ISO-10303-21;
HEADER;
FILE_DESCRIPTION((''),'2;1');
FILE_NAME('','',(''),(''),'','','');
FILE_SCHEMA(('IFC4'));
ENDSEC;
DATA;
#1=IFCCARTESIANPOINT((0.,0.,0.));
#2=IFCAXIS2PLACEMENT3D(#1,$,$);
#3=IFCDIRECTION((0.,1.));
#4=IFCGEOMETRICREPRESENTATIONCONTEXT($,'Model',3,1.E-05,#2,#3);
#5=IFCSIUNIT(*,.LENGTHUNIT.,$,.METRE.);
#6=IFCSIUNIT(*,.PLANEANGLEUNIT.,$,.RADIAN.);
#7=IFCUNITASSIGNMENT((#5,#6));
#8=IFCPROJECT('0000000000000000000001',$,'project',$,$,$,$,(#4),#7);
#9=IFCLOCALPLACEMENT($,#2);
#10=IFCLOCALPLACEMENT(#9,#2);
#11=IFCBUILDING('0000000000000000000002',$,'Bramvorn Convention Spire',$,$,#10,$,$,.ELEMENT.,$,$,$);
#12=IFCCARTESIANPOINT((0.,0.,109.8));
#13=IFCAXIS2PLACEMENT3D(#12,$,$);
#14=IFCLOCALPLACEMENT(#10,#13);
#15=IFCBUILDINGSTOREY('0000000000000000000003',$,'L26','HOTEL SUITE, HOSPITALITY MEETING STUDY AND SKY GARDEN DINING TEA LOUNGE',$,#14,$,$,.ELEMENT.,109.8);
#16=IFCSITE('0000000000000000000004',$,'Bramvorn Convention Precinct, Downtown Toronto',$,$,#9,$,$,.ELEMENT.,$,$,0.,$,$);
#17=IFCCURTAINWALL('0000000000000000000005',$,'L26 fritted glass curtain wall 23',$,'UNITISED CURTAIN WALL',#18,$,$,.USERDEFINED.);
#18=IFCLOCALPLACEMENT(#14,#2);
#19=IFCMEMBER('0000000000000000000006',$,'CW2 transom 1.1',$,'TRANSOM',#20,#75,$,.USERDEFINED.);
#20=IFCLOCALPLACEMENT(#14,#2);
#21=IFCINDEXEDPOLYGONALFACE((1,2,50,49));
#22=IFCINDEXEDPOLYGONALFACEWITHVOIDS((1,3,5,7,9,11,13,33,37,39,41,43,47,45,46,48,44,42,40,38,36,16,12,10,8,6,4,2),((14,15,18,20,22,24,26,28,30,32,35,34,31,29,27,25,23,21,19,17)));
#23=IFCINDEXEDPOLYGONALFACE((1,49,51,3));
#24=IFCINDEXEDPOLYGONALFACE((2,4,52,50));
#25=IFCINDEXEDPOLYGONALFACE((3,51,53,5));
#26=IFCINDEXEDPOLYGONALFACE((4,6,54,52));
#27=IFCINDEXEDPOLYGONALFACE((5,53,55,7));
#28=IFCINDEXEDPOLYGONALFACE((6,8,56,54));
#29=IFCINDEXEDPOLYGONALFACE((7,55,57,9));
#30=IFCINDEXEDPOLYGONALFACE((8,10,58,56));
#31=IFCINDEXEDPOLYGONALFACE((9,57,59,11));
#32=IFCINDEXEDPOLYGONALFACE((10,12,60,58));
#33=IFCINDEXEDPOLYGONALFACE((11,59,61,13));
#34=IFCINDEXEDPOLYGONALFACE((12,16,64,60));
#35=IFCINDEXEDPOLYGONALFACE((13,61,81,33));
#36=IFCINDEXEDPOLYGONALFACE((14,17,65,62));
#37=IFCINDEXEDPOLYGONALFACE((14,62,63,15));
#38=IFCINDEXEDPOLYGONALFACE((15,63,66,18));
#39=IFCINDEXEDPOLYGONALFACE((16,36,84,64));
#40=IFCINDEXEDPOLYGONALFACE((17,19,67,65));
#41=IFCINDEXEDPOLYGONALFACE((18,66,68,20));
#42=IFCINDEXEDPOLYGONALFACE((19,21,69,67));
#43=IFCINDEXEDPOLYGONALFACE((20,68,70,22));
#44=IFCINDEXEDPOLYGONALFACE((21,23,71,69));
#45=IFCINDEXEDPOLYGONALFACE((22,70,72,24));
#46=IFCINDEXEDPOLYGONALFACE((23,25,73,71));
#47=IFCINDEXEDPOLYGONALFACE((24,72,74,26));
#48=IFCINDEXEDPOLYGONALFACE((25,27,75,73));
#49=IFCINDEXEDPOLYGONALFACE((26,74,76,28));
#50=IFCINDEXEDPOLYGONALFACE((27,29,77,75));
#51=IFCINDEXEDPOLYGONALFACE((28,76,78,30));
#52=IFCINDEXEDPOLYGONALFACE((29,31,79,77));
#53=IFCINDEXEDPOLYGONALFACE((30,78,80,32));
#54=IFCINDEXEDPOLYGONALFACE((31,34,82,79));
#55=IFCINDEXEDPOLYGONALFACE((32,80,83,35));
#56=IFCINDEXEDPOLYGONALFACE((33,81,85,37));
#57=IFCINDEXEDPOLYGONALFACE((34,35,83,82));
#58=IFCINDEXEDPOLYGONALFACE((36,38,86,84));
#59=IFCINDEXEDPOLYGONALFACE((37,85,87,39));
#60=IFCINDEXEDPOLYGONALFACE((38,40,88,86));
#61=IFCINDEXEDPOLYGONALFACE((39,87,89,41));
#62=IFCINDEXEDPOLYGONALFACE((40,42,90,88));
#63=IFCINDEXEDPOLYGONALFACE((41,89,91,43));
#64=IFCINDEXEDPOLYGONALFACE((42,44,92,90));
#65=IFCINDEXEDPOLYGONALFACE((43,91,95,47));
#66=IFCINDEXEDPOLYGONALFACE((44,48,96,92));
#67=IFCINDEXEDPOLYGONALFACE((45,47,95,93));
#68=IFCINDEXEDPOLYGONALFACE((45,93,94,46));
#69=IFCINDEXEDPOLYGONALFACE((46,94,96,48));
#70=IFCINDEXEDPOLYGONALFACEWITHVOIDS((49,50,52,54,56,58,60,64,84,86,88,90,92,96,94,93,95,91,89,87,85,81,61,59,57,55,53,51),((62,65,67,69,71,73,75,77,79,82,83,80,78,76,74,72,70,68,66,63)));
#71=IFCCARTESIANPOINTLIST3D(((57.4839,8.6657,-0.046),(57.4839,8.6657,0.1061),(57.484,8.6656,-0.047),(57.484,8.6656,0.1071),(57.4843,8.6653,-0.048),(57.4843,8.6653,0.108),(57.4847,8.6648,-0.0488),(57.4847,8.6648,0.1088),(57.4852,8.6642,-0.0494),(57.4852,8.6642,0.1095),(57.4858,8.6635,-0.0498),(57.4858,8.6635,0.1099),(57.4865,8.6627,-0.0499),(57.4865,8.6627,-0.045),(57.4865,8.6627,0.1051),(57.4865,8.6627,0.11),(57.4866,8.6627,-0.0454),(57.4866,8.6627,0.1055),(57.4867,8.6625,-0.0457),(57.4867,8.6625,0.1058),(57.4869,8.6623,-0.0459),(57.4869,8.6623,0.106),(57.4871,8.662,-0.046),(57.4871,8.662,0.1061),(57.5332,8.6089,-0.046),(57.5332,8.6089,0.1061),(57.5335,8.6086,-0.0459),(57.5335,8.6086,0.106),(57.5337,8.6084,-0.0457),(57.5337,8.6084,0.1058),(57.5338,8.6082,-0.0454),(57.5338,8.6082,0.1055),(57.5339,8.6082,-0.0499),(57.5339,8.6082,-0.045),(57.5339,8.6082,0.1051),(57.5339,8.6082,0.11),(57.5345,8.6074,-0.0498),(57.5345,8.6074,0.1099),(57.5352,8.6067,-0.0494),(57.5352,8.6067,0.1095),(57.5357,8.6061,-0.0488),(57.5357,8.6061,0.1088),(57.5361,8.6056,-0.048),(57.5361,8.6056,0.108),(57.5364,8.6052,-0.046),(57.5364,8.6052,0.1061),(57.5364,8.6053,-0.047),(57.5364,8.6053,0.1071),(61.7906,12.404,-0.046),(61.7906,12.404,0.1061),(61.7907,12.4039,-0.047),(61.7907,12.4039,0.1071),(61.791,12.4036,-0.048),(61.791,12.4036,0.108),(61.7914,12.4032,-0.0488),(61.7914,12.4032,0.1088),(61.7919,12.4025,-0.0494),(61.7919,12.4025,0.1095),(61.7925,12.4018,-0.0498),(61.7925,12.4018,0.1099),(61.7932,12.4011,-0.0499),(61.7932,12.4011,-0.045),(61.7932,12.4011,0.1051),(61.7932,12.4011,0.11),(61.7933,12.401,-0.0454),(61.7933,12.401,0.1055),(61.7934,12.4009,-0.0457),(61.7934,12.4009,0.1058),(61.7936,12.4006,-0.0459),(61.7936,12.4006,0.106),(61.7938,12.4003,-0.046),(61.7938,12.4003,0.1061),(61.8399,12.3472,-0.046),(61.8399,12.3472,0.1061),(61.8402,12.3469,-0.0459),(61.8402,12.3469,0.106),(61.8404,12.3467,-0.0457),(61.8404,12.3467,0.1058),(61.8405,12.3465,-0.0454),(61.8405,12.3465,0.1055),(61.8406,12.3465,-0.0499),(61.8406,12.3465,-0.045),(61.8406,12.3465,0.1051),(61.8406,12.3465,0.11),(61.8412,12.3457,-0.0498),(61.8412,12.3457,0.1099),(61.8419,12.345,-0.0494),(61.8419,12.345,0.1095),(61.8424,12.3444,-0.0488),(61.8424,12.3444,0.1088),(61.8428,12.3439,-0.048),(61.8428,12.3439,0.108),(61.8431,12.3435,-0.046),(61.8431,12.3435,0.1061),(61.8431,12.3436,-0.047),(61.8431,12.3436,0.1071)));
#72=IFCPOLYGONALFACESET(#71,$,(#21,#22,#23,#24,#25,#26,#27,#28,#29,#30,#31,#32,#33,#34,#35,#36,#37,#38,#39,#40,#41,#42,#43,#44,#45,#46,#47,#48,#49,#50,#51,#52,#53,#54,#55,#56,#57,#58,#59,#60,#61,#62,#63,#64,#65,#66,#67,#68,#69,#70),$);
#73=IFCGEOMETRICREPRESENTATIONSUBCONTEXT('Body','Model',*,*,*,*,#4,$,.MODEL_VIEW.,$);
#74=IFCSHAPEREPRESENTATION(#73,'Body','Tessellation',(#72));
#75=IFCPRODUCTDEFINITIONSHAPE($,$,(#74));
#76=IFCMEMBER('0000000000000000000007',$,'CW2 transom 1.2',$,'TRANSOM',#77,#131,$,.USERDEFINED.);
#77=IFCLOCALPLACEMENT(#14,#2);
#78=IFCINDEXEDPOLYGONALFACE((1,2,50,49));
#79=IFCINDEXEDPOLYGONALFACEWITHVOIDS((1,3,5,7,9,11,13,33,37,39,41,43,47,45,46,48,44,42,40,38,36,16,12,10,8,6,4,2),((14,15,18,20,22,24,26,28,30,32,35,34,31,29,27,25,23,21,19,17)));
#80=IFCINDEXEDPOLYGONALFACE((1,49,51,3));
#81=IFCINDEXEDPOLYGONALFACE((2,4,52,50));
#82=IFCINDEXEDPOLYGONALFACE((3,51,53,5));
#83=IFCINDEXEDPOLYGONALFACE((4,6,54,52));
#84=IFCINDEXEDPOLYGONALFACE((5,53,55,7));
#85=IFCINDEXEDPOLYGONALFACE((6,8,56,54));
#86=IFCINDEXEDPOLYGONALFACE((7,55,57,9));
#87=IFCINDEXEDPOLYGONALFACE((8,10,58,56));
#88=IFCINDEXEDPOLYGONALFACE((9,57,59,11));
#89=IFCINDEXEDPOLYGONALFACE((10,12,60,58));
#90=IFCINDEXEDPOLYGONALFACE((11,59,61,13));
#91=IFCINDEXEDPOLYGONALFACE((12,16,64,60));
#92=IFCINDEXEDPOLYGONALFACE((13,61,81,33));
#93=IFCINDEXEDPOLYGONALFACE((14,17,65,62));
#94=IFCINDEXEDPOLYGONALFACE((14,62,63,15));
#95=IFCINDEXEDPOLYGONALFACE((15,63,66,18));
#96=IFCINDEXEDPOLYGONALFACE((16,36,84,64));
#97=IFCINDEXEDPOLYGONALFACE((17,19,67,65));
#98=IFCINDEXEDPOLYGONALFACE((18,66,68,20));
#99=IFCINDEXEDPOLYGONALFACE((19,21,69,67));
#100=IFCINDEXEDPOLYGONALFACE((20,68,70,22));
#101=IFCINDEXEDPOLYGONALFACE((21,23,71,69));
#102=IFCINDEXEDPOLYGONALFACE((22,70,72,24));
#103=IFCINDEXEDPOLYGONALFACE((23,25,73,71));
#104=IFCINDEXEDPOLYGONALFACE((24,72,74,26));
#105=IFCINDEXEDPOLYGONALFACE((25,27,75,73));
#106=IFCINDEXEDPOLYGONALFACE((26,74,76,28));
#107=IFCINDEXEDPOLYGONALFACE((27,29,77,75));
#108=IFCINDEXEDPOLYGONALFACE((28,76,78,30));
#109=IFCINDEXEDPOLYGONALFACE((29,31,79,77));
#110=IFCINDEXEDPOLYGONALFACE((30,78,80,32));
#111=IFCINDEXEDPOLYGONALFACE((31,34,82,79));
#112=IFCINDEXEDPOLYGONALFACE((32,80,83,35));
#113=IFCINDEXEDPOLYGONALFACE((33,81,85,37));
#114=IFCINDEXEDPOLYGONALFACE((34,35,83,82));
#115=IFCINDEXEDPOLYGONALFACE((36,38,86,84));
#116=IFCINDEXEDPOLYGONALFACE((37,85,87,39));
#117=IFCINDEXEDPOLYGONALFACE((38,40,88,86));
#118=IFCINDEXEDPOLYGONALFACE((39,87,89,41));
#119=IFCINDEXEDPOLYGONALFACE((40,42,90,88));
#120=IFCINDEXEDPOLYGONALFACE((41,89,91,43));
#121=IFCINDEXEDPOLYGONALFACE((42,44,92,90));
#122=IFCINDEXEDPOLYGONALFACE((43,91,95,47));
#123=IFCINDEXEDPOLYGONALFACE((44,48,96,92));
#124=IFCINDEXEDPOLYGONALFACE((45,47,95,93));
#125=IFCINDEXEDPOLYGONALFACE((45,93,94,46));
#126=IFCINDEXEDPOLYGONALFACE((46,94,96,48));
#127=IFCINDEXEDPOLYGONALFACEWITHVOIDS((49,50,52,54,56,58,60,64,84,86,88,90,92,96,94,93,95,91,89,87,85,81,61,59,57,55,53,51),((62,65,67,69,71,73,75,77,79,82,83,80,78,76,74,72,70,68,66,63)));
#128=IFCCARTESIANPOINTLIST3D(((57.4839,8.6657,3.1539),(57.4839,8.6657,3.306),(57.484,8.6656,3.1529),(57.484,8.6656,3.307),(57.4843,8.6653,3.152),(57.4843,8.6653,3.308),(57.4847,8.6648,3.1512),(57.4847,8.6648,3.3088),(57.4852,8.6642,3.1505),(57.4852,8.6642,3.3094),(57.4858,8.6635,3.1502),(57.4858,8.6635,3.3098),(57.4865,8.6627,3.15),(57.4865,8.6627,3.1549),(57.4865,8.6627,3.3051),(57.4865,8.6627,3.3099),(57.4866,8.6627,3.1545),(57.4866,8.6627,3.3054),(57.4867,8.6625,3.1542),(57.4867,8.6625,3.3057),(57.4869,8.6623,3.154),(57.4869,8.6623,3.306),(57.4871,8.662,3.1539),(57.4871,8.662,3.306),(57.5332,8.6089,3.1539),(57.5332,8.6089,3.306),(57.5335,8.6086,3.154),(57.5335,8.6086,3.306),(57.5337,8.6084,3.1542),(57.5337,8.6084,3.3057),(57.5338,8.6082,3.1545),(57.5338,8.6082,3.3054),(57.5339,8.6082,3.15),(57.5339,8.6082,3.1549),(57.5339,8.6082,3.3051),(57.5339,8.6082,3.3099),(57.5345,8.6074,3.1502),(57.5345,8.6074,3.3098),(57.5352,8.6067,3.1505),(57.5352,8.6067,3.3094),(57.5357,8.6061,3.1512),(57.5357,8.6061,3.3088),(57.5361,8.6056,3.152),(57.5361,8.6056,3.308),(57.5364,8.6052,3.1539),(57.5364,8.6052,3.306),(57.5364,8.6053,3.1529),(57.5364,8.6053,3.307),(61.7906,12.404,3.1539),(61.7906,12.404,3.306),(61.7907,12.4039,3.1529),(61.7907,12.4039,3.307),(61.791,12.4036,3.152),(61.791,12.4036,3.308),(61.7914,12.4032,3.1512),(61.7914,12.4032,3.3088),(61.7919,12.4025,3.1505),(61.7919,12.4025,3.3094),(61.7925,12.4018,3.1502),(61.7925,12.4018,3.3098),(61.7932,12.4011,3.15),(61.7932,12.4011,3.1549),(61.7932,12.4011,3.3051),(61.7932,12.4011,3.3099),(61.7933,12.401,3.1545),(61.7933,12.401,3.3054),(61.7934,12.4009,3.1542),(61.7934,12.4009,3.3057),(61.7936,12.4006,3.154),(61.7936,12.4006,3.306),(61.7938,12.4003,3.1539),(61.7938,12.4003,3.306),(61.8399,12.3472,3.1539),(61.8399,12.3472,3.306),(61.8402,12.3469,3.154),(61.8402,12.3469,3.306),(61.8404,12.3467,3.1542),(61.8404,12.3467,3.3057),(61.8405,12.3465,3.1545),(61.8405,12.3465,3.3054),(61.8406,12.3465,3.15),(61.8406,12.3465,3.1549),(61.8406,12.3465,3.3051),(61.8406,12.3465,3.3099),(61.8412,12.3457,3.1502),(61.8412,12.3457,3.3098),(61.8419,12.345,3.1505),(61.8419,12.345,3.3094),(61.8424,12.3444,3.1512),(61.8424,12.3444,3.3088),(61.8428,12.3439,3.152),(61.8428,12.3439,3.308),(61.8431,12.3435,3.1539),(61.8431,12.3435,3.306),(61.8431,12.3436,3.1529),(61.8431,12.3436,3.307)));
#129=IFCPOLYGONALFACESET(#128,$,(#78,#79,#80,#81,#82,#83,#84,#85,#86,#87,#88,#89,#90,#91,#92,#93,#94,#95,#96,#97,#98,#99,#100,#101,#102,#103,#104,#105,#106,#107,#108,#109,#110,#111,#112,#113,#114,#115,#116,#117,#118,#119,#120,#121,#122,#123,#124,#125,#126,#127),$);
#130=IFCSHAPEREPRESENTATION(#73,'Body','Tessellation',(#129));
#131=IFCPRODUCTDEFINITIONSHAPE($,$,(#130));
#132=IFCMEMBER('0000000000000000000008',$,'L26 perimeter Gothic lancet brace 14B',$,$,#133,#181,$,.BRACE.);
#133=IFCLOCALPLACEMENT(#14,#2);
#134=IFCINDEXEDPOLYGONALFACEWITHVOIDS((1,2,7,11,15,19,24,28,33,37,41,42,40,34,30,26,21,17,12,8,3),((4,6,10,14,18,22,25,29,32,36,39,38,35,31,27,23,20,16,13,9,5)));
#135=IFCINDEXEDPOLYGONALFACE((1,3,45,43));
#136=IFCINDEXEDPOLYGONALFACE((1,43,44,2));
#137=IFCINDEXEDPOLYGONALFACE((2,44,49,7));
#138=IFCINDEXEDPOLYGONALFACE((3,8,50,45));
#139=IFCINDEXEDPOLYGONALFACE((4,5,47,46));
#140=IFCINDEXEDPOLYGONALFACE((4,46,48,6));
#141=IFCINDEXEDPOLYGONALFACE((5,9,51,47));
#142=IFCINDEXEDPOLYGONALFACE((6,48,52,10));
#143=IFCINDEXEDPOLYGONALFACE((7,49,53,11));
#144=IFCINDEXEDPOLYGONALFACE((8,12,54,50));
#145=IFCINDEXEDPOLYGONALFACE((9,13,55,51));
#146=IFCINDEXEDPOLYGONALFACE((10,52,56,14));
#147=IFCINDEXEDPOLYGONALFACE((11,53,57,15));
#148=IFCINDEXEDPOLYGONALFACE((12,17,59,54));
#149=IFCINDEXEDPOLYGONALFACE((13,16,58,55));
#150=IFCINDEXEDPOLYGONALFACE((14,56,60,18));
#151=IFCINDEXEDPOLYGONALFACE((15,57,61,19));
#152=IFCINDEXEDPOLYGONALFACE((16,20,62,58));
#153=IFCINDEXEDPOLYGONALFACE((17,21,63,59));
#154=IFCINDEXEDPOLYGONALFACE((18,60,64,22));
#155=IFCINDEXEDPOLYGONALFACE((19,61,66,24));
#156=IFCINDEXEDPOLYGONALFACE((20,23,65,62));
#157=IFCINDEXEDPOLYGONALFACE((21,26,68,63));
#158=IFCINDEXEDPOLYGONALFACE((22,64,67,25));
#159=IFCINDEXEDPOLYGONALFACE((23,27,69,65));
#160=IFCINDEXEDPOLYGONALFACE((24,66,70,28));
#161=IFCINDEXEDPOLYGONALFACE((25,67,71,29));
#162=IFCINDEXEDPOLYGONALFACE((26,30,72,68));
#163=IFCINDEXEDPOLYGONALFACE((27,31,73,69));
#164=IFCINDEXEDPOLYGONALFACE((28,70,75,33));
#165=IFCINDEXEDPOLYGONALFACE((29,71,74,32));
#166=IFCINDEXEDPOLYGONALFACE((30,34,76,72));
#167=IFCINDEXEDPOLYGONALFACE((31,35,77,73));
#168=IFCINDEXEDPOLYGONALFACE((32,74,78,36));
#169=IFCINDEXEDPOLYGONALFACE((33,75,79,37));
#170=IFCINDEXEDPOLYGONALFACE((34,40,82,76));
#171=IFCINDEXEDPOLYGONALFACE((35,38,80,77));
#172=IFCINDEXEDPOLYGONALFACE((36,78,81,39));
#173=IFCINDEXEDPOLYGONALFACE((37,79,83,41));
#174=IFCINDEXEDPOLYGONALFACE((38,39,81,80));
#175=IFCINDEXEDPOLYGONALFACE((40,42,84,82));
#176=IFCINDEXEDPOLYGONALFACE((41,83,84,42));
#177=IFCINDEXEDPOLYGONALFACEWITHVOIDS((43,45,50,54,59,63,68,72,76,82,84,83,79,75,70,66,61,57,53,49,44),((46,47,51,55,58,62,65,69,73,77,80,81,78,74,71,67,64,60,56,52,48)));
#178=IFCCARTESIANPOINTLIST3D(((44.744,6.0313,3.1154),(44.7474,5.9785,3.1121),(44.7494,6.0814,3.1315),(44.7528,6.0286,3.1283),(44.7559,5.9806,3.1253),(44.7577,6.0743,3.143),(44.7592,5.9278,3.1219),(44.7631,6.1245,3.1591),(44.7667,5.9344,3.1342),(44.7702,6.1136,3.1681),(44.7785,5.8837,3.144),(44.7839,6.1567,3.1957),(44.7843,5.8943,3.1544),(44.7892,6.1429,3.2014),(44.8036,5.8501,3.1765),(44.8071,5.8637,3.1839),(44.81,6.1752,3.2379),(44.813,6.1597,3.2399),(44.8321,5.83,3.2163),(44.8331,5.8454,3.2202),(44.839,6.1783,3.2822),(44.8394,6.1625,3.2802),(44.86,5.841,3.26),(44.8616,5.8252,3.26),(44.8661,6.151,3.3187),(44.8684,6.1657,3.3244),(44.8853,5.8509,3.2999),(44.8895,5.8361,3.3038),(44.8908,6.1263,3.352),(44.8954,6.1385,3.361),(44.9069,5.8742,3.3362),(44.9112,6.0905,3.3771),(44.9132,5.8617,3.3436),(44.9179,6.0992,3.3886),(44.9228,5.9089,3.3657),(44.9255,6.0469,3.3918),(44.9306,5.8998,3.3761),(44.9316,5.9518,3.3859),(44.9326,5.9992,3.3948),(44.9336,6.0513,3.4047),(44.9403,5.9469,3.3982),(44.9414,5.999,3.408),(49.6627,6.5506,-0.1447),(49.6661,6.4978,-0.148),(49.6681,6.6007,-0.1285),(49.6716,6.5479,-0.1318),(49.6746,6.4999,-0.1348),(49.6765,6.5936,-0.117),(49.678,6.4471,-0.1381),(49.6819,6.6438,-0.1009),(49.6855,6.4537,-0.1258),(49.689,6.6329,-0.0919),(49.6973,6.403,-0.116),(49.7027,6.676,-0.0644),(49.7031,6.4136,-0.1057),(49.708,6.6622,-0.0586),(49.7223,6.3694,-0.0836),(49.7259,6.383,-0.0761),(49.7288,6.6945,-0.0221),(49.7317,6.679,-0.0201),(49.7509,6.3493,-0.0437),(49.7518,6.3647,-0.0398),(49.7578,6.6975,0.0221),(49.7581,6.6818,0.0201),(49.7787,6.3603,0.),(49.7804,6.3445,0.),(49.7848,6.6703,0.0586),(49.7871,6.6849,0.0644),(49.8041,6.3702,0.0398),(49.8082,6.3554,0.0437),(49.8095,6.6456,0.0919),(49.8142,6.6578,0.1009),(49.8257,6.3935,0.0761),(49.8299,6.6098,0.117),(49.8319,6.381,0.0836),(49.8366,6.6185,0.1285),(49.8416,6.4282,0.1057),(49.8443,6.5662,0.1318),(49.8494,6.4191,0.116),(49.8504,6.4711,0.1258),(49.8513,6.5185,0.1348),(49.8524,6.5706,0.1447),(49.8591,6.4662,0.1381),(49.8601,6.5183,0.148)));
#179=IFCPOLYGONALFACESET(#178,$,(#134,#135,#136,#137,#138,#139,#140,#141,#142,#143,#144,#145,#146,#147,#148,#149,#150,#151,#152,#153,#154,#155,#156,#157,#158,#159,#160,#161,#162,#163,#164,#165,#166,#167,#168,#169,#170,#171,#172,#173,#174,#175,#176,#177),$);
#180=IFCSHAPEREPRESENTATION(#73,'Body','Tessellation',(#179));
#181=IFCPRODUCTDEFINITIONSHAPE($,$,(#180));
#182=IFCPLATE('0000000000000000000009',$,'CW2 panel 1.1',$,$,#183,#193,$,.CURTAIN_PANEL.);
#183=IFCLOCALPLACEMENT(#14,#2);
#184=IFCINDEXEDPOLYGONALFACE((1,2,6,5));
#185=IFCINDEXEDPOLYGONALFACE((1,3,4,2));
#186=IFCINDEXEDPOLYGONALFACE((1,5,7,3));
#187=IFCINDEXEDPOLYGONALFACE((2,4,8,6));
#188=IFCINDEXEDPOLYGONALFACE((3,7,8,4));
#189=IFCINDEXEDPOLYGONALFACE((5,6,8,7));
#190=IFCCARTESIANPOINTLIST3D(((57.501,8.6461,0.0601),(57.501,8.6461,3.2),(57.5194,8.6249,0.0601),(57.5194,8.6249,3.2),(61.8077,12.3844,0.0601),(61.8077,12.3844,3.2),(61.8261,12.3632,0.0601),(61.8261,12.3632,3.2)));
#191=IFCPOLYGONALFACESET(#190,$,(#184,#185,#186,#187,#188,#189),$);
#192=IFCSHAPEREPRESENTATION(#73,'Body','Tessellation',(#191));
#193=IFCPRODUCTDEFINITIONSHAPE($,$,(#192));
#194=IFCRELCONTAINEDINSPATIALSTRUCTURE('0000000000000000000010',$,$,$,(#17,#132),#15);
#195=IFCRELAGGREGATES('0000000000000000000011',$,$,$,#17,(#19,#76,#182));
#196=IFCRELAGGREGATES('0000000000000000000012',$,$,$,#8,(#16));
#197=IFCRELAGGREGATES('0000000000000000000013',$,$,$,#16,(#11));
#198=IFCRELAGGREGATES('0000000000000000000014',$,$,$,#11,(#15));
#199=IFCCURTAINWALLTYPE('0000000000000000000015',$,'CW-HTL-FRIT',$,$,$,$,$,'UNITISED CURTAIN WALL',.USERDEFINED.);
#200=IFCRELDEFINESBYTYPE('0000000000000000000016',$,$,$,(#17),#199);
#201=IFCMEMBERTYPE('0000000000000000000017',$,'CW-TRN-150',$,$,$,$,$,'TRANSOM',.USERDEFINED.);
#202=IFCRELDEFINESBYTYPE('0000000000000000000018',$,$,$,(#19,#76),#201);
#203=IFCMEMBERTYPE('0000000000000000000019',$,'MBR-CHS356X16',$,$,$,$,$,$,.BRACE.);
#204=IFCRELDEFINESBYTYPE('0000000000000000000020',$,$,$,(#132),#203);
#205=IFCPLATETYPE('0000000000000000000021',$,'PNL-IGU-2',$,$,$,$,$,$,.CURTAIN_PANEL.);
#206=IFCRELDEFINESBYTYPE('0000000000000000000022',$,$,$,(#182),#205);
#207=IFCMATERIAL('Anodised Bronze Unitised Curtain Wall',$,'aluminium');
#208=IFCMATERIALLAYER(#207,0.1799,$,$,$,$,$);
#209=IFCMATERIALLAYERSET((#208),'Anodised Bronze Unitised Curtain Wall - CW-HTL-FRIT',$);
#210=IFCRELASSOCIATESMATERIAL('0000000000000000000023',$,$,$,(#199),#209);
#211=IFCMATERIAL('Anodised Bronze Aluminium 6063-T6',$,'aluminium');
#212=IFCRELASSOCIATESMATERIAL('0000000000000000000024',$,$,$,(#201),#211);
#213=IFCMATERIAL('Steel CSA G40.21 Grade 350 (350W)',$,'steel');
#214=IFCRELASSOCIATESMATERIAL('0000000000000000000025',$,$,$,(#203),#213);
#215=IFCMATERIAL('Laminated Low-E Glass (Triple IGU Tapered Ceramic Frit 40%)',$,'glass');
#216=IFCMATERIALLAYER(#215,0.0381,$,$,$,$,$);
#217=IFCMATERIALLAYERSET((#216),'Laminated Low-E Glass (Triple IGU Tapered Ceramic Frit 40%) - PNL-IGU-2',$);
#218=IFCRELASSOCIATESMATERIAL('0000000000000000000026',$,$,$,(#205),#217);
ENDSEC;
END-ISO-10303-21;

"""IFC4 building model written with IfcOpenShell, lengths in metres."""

from ifc_helpers import new_model, si_unit, direction, frame, origin, origin_2d, place, context, subcontext, project, spatial, rectangle, hollow_rectangle, hollow_circle, extrude, material, layer, layer_set, material_profile, profile_set, type_object, element, aggregate, save


model = new_model("IFC4")

# Units and contexts
model_context = context("Model", 3, precision=1e-05, world=origin(), true_north=direction((0.0, 1.0)))
body_context = subcontext(model_context, "Body", "Model", "MODEL_VIEW")
ifc_project = project(units=[si_unit("LENGTHUNIT", "METRE"), si_unit("PLANEANGLEUNIT", "RADIAN")], contexts=[model_context])

# Site, building, storey
site_placement = place(None, origin())
site = spatial("IfcSite", under=ifc_project, at=site_placement, Name="Bramvorn Convention Precinct, Downtown Toronto", CompositionType="ELEMENT", RefElevation=0.0)
building_placement = place(site_placement, origin())
building = spatial("IfcBuilding", under=site, at=building_placement, Name="Bramvorn Convention Spire", CompositionType="ELEMENT")
storey_placement = place(building_placement, frame((0.0, 0.0, 109.8)))
storey = spatial("IfcBuildingStorey", under=building, at=storey_placement, Name="L26", Description="HOTEL SUITE, HOSPITALITY MEETING STUDY AND SKY GARDEN DINING TEA LOUNGE", CompositionType="ELEMENT", Elevation=109.8)

# Shared definitions
ifc_material_1 = material(Name="Steel CSA G40.21 Grade 350 (350W)", Category="steel")

# Curtain wall
ifc_material_2 = material(Name="Anodised Bronze Unitised Curtain Wall", Category="aluminium")
ifc_layer_1 = layer(ifc_material_2, 0.1799)
ifc_layer_set_1 = layer_set([ifc_layer_1], Name="Anodised Bronze Unitised Curtain Wall - CW-HTL-FRIT")
curtain_wall_type = type_object("IfcCurtainWallType", Name="CW-HTL-FRIT", ElementType="UNITISED CURTAIN WALL", PredefinedType="USERDEFINED", material=ifc_layer_set_1)
curtain_wall_1_placement = place(storey_placement, origin())
curtain_wall_1 = element("IfcCurtainWall", 1, at=curtain_wall_1_placement, inside=storey, type_object=curtain_wall_type, Name="L26 fritted glass curtain wall 23", ObjectType="UNITISED CURTAIN WALL", PredefinedType="USERDEFINED")
ifc_material_3 = material(Name="Anodised Bronze Aluminium 6063-T6", Category="aluminium")

# Members
ifc_material_profile_1 = material_profile(ifc_material_3, hollow_rectangle(XDim=0.0801, YDim=0.1599, WallThickness=0.0039, InnerFilletRadius=0.001, OuterFilletRadius=0.0039, at=origin_2d()))
ifc_profile_set_1 = profile_set([ifc_material_profile_1], Name="Anodised Bronze Aluminium 6063-T6 - CWT80X160")
member_type_1 = type_object("IfcMemberType", Name="CW-TRN-150", ElementType="TRANSOM", PredefinedType="USERDEFINED", material=ifc_profile_set_1)
member_1_placement = place(storey_placement, frame((61.8169, 12.3738, 0.03), z_axis=(-0.75518, -0.655517, 0.0), x_axis=(0.655517, -0.75518, 0.0)))
member_1 = element("IfcMember", 2, at=member_1_placement, type_object=member_type_1, Name="CW2 transom 1.1", ObjectType="TRANSOM", PredefinedType="USERDEFINED", context=body_context, shape_type="SweptSolid", body=[
    extrude(hollow_rectangle(XDim=0.0801, YDim=0.1599, WallThickness=0.0039, InnerFilletRadius=0.001, OuterFilletRadius=0.0039, at=origin_2d()), origin(), (0.0, 0.0, 1.0), 5.7029),
])
member_2_placement = place(storey_placement, frame((61.8169, 12.3738, 3.23), z_axis=(-0.75518, -0.655517, 0.0), x_axis=(0.655517, -0.75518, 0.0)))
member_2 = element("IfcMember", 3, at=member_2_placement, type_object=member_type_1, Name="CW2 transom 1.2", ObjectType="TRANSOM", PredefinedType="USERDEFINED", context=body_context, shape_type="SweptSolid", body=[
    extrude(hollow_rectangle(XDim=0.0801, YDim=0.1599, WallThickness=0.0039, InnerFilletRadius=0.001, OuterFilletRadius=0.0039, at=origin_2d()), origin(), (0.0, 0.0, 1.0), 5.7029),
])
ifc_material_profile_2 = material_profile(ifc_material_1, hollow_circle(Radius=0.1777, WallThickness=0.0159, at=origin_2d()))
ifc_profile_set_2 = profile_set([ifc_material_profile_2], Name="Steel CSA G40.21 Grade 350 (350W) - CHS356X16")
member_type_2 = type_object("IfcMemberType", Name="MBR-CHS356X16", PredefinedType="BRACE", material=ifc_profile_set_2)
member_3_placement = place(storey_placement, frame((49.7617, 6.5212, 0.0), z_axis=(-0.830334, -0.087662, 0.550328), x_axis=(0.104991, -0.994473, 0.0)))
element("IfcMember", 4, at=member_3_placement, inside=storey, type_object=member_type_2, Name="L26 perimeter Gothic lancet brace 14B", PredefinedType="BRACE", context=body_context, shape_type="SweptSolid", body=[
    extrude(hollow_circle(Radius=0.1777, WallThickness=0.0159, at=origin_2d()), origin(), (0.0, 0.0, 1.0), 5.9238),
])

# Plate
ifc_material_4 = material(Name="Laminated Low-E Glass (Triple IGU Tapered Ceramic Frit 40%)", Category="glass")
ifc_layer_2 = layer(ifc_material_4, 0.0381)
ifc_layer_set_2 = layer_set([ifc_layer_2], Name="Laminated Low-E Glass (Triple IGU Tapered Ceramic Frit 40%) - PNL-IGU-2")
plate_type = type_object("IfcPlateType", Name="PNL-IGU-2", PredefinedType="CURTAIN_PANEL", material=ifc_layer_set_2)
plate_1_placement = place(storey_placement, frame((59.6636, 10.5046, 0.0601), z_axis=(0.0, 0.0, 1.0), x_axis=(-0.755187, -0.65551, 0.0)))
plate_1 = element("IfcPlate", 5, at=plate_1_placement, type_object=plate_type, Name="CW2 panel 1.1", PredefinedType="CURTAIN_PANEL", context=body_context, shape_type="SweptSolid", body=[
    extrude(rectangle(XDim=5.7029, YDim=0.0281, at=origin_2d()), origin(), (0.0, 0.0, 1.0), 3.1399),
])
aggregate(curtain_wall_1, [member_1, member_2, plate_1])

save(model, "model.ifc")
